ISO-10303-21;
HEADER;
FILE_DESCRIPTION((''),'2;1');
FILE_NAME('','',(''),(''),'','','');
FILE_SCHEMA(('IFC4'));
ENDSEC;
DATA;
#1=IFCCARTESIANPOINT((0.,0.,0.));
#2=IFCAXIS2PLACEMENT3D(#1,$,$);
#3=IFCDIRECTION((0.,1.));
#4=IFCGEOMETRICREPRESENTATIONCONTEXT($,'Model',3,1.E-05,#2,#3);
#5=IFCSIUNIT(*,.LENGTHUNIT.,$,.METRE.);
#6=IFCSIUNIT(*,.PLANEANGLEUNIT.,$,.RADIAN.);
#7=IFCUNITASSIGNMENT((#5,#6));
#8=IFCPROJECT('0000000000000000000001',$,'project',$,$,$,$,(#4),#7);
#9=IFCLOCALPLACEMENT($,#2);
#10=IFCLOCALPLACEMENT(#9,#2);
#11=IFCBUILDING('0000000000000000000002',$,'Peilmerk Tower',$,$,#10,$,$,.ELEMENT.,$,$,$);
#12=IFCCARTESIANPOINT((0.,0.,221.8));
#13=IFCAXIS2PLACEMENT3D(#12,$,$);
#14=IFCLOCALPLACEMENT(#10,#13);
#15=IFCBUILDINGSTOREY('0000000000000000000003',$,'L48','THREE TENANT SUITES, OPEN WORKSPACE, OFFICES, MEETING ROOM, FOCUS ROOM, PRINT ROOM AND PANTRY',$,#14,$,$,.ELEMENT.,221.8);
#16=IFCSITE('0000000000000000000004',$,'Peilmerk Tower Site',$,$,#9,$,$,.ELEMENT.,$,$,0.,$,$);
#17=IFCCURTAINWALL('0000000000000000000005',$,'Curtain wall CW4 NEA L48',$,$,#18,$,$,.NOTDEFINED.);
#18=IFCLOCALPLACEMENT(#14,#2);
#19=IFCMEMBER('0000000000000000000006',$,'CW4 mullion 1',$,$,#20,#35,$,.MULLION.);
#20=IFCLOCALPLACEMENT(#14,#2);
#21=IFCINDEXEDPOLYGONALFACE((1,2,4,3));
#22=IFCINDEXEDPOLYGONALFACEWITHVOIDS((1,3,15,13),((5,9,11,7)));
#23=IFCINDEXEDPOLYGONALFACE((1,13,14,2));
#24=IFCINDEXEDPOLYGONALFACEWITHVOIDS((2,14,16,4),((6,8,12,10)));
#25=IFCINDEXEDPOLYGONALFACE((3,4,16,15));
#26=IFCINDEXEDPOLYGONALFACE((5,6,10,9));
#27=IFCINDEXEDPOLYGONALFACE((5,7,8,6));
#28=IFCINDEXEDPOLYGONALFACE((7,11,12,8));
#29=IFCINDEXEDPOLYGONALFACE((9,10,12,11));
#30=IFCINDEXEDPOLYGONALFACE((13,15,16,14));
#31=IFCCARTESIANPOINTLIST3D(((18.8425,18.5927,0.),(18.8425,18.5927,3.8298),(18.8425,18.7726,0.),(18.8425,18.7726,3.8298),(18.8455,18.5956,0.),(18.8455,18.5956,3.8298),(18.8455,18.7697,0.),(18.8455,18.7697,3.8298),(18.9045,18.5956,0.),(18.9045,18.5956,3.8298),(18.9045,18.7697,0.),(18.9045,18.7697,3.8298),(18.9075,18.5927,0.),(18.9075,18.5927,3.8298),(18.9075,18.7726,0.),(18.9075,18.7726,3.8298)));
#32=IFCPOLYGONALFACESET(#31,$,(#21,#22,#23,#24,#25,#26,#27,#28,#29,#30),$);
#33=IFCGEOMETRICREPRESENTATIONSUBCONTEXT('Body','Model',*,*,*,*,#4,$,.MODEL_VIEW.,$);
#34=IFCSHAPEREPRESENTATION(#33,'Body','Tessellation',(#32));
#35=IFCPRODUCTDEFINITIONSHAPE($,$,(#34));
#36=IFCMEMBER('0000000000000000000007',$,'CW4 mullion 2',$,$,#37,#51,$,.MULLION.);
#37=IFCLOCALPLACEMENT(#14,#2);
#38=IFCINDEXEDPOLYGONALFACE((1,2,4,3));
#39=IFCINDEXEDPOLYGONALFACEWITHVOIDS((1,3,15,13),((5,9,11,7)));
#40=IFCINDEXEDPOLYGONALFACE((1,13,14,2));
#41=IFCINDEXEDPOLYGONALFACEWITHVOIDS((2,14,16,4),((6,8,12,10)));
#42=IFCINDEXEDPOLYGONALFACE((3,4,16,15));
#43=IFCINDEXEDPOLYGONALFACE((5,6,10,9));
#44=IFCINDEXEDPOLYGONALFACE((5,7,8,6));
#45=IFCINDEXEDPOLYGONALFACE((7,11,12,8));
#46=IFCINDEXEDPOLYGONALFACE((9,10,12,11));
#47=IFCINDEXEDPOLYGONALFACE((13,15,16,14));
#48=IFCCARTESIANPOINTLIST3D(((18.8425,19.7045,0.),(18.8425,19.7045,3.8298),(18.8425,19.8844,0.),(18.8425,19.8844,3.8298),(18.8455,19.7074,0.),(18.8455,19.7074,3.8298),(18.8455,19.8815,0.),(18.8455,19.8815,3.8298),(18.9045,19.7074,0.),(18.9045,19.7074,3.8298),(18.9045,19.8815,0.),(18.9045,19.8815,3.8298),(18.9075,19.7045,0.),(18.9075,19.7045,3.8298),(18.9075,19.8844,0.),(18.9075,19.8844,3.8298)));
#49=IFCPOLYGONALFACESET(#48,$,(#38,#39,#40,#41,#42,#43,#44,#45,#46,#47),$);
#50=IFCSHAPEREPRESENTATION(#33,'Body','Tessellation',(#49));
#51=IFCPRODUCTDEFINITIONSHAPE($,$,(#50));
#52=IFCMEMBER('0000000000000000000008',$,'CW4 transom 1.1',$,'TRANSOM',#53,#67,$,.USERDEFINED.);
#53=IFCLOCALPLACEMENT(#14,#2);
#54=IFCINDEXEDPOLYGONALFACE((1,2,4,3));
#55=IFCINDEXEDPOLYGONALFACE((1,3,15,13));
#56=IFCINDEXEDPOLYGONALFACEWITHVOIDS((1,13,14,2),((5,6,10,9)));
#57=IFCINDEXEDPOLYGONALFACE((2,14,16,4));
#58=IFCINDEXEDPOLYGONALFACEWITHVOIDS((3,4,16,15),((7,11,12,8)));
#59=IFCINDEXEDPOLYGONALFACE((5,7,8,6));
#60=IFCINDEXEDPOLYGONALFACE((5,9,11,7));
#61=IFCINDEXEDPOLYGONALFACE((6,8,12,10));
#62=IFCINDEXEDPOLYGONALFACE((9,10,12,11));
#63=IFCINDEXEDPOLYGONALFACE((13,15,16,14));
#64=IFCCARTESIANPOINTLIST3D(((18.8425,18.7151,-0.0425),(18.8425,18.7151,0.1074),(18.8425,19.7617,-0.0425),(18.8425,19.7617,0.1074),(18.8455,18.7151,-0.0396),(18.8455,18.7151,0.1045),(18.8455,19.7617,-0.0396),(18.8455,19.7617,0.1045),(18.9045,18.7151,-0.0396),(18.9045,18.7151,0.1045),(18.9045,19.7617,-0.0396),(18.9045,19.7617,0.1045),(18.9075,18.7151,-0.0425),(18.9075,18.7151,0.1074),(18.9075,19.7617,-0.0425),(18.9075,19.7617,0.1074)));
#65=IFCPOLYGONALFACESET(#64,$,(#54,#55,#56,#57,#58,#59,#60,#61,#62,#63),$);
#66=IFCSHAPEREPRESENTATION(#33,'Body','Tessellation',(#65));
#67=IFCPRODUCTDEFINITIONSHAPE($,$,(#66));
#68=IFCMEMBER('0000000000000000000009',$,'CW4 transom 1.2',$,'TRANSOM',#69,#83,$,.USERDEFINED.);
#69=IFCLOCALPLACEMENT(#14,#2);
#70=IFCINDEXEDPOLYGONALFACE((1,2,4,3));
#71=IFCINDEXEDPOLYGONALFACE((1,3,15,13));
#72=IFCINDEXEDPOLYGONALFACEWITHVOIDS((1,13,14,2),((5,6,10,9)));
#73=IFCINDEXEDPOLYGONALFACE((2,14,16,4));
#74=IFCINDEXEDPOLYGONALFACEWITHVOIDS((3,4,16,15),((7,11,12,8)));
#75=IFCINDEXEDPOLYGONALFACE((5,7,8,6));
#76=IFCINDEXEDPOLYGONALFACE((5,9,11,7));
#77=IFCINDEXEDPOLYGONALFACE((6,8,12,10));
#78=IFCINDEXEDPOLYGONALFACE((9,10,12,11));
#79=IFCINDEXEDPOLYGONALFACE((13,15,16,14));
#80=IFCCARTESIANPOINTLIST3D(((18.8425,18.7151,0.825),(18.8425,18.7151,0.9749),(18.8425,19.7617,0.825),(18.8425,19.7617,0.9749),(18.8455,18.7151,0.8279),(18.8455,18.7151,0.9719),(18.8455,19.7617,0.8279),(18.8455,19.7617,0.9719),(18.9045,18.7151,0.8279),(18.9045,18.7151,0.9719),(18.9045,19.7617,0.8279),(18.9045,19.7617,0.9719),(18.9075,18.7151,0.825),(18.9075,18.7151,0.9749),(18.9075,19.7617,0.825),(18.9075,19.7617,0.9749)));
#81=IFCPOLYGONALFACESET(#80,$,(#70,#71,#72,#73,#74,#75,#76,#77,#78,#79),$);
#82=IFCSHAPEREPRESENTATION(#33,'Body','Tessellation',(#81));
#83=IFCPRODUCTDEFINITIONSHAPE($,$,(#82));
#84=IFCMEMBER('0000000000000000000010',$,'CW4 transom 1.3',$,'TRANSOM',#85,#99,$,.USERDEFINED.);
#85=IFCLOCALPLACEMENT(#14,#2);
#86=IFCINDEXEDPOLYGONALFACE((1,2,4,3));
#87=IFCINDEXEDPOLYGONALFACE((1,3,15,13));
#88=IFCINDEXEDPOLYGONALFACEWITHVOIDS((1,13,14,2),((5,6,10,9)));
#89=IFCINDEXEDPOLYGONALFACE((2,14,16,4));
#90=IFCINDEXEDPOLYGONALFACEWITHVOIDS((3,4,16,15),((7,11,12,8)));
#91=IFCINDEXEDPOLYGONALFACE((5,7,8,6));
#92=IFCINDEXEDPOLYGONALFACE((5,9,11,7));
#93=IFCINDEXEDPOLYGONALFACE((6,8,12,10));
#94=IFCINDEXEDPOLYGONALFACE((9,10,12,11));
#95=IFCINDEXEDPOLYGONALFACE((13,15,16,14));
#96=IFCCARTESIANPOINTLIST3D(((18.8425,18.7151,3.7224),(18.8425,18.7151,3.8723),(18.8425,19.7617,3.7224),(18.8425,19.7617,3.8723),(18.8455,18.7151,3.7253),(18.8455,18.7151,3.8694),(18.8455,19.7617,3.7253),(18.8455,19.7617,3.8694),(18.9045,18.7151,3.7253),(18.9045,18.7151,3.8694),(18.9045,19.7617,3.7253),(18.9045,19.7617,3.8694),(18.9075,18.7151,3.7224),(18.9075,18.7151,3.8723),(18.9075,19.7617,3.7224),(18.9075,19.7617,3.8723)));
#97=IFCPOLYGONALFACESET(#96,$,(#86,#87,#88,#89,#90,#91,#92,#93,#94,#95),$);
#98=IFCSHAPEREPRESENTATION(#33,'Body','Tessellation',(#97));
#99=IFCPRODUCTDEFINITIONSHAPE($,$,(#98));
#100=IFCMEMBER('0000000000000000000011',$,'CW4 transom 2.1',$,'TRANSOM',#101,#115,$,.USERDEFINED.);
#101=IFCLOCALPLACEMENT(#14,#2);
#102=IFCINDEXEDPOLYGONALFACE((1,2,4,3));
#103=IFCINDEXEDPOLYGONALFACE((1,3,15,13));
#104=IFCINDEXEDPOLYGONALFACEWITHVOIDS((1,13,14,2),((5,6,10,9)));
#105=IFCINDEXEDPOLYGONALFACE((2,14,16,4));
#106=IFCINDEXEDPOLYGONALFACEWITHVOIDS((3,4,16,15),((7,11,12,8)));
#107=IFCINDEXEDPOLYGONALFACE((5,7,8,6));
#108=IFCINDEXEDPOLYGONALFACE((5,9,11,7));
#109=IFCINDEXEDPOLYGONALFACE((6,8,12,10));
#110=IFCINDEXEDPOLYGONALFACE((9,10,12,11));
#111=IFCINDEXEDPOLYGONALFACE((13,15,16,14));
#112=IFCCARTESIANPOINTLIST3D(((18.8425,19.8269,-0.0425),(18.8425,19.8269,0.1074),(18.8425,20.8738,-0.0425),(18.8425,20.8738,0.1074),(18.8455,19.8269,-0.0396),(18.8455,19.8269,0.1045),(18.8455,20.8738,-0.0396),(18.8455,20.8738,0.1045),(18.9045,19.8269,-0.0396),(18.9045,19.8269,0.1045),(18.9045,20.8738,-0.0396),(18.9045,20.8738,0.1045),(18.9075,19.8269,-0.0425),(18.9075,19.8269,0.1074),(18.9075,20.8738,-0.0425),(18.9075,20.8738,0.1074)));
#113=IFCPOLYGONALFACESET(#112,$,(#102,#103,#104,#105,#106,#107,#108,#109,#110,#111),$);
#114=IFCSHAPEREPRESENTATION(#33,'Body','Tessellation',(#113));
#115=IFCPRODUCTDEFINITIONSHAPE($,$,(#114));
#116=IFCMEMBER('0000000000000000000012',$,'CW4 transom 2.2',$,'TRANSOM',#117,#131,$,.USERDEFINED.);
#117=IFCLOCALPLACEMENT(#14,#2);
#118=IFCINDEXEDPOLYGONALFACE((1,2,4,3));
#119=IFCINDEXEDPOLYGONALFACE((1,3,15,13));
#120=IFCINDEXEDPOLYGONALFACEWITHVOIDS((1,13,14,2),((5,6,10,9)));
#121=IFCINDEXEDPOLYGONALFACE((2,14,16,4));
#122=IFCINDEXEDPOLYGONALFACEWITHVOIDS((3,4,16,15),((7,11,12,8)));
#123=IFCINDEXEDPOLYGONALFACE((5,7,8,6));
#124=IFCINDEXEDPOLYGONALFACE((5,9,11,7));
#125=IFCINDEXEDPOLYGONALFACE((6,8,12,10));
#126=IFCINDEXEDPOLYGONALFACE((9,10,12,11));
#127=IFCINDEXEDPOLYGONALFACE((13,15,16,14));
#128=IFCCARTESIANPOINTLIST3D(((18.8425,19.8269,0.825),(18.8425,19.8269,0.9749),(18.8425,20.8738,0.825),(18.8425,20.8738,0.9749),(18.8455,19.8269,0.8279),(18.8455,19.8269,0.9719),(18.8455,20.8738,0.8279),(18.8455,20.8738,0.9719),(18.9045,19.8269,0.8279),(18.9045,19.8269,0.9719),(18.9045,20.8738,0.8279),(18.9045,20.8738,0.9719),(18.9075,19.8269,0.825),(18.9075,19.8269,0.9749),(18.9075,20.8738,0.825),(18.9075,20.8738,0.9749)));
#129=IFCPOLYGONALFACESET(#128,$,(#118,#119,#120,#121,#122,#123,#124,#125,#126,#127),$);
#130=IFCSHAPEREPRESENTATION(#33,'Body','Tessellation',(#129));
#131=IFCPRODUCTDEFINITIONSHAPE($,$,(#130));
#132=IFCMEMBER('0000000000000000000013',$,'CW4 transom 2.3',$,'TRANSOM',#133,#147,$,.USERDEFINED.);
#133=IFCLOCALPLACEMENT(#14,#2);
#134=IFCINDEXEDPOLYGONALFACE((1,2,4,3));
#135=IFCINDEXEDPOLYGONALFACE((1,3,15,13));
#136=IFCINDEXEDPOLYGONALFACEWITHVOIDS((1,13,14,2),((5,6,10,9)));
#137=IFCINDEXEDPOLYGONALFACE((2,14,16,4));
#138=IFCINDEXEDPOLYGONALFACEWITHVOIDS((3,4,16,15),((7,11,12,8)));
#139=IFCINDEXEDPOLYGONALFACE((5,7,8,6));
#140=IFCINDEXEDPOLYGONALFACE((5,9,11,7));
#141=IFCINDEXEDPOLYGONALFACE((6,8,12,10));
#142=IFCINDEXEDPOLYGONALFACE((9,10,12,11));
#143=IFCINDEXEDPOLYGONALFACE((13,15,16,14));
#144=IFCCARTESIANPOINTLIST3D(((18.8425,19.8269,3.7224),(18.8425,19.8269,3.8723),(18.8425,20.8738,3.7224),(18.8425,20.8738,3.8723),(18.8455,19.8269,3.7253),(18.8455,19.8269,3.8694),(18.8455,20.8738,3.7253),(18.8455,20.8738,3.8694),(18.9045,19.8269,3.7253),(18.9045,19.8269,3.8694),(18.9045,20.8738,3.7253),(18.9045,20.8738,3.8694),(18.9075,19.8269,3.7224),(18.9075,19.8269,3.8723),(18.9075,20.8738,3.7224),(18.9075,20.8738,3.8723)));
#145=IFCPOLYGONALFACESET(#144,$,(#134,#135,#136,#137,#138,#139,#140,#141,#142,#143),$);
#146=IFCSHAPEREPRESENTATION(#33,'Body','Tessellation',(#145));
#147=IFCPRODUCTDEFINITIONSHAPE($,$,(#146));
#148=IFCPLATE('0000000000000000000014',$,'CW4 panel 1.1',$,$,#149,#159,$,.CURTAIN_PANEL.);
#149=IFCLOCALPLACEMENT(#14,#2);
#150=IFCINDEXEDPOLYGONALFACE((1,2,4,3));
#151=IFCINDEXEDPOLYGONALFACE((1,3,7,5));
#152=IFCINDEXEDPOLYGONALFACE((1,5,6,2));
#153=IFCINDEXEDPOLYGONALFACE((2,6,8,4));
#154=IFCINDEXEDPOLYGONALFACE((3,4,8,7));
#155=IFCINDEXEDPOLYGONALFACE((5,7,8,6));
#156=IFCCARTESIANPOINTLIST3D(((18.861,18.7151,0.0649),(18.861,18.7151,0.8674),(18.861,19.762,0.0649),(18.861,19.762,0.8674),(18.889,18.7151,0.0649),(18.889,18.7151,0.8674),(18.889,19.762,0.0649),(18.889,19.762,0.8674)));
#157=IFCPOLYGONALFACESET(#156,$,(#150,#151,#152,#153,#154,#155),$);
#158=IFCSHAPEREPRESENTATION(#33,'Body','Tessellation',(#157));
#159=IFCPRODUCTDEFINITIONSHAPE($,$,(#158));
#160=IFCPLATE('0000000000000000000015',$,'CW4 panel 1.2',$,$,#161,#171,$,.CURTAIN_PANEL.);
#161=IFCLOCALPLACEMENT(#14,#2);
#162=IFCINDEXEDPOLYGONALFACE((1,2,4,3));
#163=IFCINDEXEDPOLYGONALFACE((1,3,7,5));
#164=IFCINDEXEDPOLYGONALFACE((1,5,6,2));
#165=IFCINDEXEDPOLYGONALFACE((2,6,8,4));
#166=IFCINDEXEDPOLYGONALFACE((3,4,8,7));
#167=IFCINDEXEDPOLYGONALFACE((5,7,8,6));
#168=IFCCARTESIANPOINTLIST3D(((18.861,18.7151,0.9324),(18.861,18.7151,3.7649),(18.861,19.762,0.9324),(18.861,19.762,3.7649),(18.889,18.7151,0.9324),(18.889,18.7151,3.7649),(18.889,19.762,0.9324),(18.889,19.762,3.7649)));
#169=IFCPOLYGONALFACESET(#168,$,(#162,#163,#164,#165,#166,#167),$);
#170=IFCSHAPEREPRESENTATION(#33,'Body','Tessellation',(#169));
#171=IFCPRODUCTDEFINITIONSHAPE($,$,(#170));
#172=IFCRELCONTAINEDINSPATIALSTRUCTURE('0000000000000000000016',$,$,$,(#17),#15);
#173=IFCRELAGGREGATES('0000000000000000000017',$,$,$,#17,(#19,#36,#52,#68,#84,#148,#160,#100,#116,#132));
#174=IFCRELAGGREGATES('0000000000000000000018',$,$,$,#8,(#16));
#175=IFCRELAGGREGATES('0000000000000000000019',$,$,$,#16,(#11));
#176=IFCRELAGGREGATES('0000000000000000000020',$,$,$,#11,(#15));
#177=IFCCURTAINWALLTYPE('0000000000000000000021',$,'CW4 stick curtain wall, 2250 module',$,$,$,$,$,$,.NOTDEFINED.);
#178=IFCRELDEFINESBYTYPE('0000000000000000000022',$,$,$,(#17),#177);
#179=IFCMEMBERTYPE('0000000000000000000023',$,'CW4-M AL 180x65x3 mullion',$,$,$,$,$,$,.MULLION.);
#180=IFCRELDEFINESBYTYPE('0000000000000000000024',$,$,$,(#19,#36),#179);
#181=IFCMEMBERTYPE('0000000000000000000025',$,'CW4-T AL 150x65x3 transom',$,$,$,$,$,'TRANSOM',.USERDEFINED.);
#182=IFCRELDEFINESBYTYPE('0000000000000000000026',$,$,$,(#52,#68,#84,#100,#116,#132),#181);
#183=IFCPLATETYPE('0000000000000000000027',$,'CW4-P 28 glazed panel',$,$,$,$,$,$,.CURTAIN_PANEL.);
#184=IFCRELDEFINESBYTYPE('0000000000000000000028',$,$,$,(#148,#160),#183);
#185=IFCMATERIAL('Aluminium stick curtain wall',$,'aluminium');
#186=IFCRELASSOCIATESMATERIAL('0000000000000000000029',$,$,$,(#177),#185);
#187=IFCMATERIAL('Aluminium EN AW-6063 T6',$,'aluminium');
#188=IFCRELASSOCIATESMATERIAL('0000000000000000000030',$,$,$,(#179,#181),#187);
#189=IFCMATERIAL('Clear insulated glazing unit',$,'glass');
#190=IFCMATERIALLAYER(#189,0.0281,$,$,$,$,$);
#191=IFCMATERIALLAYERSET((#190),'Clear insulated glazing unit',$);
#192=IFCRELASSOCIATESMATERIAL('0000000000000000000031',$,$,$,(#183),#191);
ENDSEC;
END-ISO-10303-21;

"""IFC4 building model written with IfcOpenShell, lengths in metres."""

from ifc_helpers import new_model, si_unit, direction, frame, origin, origin_2d, place, context, subcontext, project, spatial, rectangle, hollow_rectangle, extrude, material, layer, layer_set, material_profile, profile_set, type_object, element, aggregate, save


model = new_model("IFC4")

# Units and contexts
model_context = context("Model", 3, precision=1e-05, world=origin(), true_north=direction((0.0, 1.0)))
body_context = subcontext(model_context, "Body", "Model", "MODEL_VIEW")
ifc_project = project(units=[si_unit("LENGTHUNIT", "METRE"), si_unit("PLANEANGLEUNIT", "RADIAN")], contexts=[model_context])

# Site, building, storey
site_placement = place(None, origin())
site = spatial("IfcSite", under=ifc_project, at=site_placement, Name="Peilmerk Tower Site", CompositionType="ELEMENT", RefElevation=0.0)
building_placement = place(site_placement, origin())
building = spatial("IfcBuilding", under=site, at=building_placement, Name="Peilmerk Tower", CompositionType="ELEMENT")
storey_placement = place(building_placement, frame((0.0, 0.0, 221.8)))
storey = spatial("IfcBuildingStorey", under=building, at=storey_placement, Name="L48", Description="THREE TENANT SUITES, OPEN WORKSPACE, OFFICES, MEETING ROOM, FOCUS ROOM, PRINT ROOM AND PANTRY", CompositionType="ELEMENT", Elevation=221.8)

# Curtain wall, members, plates
ifc_material_1 = material(Name="Aluminium stick curtain wall", Category="aluminium")
curtain_wall_type = type_object("IfcCurtainWallType", Name="CW4 stick curtain wall, 2250 module", PredefinedType="NOTDEFINED", material=ifc_material_1)
curtain_wall_placement = place(storey_placement, origin())
curtain_wall = element("IfcCurtainWall", 1, at=curtain_wall_placement, inside=storey, type_object=curtain_wall_type, Name="Curtain wall CW4 NEA L48", PredefinedType="NOTDEFINED")
ifc_material_2 = material(Name="Aluminium EN AW-6063 T6", Category="aluminium")
ifc_material_profile_1 = material_profile(ifc_material_2, hollow_rectangle(XDim=0.0649, YDim=0.1799, WallThickness=0.0029, at=origin_2d()), Name="AL 180x65x3")
ifc_profile_set_1 = profile_set([ifc_material_profile_1], Name="Aluminium EN AW-6063 T6")
member_type_1 = type_object("IfcMemberType", Name="CW4-M AL 180x65x3 mullion", PredefinedType="MULLION", material=ifc_profile_set_1)
member_1_placement = place(storey_placement, frame((18.875, 18.6826, 0.0), z_axis=(0.0, 0.0, 1.0), x_axis=(-1.0, 0.0, 0.0)))
member_1 = element("IfcMember", 2, at=member_1_placement, type_object=member_type_1, Name="CW4 mullion 1", PredefinedType="MULLION", context=body_context, shape_type="SweptSolid", body=[
    extrude(hollow_rectangle(XDim=0.0649, YDim=0.1799, WallThickness=0.0029, at=origin_2d()), origin(), (0.0, 0.0, 1.0), 3.8298),
])
member_2_placement = place(storey_placement, frame((18.875, 19.7944, 0.0), z_axis=(0.0, 0.0, 1.0), x_axis=(-1.0, 0.0, 0.0)))
member_2 = element("IfcMember", 3, at=member_2_placement, type_object=member_type_1, Name="CW4 mullion 2", PredefinedType="MULLION", context=body_context, shape_type="SweptSolid", body=[
    extrude(hollow_rectangle(XDim=0.0649, YDim=0.1799, WallThickness=0.0029, at=origin_2d()), origin(), (0.0, 0.0, 1.0), 3.8298),
])
ifc_material_profile_2 = material_profile(ifc_material_2, hollow_rectangle(XDim=0.0649, YDim=0.1499, WallThickness=0.0029, at=origin_2d()), Name="AL 150x65x3")
ifc_profile_set_2 = profile_set([ifc_material_profile_2], Name="Aluminium EN AW-6063 T6")
member_type_2 = type_object("IfcMemberType", Name="CW4-T AL 150x65x3 transom", ElementType="TRANSOM", PredefinedType="USERDEFINED", material=ifc_profile_set_2)
member_3_placement = place(storey_placement, frame((18.875, 18.7151, 0.0325), z_axis=(0.0, 1.0, 0.0), x_axis=(-1.0, 0.0, 0.0)))
member_3 = element("IfcMember", 4, at=member_3_placement, type_object=member_type_2, Name="CW4 transom 1.1", ObjectType="TRANSOM", PredefinedType="USERDEFINED", context=body_context, shape_type="SweptSolid", body=[
    extrude(hollow_rectangle(XDim=0.0649, YDim=0.1499, WallThickness=0.0029, at=origin_2d()), origin(), (0.0, 0.0, 1.0), 1.0466),
])
member_4_placement = place(storey_placement, frame((18.875, 18.7151, 0.8999), z_axis=(0.0, 1.0, 0.0), x_axis=(-1.0, 0.0, 0.0)))
member_4 = element("IfcMember", 5, at=member_4_placement, type_object=member_type_2, Name="CW4 transom 1.2", ObjectType="TRANSOM", PredefinedType="USERDEFINED", context=body_context, shape_type="SweptSolid", body=[
    extrude(hollow_rectangle(XDim=0.0649, YDim=0.1499, WallThickness=0.0029, at=origin_2d()), origin(), (0.0, 0.0, 1.0), 1.0466),
])
member_5_placement = place(storey_placement, frame((18.875, 18.7151, 3.7974), z_axis=(0.0, 1.0, 0.0), x_axis=(-1.0, 0.0, 0.0)))
member_5 = element("IfcMember", 6, at=member_5_placement, type_object=member_type_2, Name="CW4 transom 1.3", ObjectType="TRANSOM", PredefinedType="USERDEFINED", context=body_context, shape_type="SweptSolid", body=[
    extrude(hollow_rectangle(XDim=0.0649, YDim=0.1499, WallThickness=0.0029, at=origin_2d()), origin(), (0.0, 0.0, 1.0), 1.0466),
])
member_6_placement = place(storey_placement, frame((18.875, 19.8269, 0.0325), z_axis=(0.0, 1.0, 0.0), x_axis=(-1.0, 0.0, 0.0)))
member_6 = element("IfcMember", 7, at=member_6_placement, type_object=member_type_2, Name="CW4 transom 2.1", ObjectType="TRANSOM", PredefinedType="USERDEFINED", context=body_context, shape_type="SweptSolid", body=[
    extrude(hollow_rectangle(XDim=0.0649, YDim=0.1499, WallThickness=0.0029, at=origin_2d()), origin(), (0.0, 0.0, 1.0), 1.0469),
])
member_7_placement = place(storey_placement, frame((18.875, 19.8269, 0.8999), z_axis=(0.0, 1.0, 0.0), x_axis=(-1.0, 0.0, 0.0)))
member_7 = element("IfcMember", 8, at=member_7_placement, type_object=member_type_2, Name="CW4 transom 2.2", ObjectType="TRANSOM", PredefinedType="USERDEFINED", context=body_context, shape_type="SweptSolid", body=[
    extrude(hollow_rectangle(XDim=0.0649, YDim=0.1499, WallThickness=0.0029, at=origin_2d()), origin(), (0.0, 0.0, 1.0), 1.0469),
])
member_8_placement = place(storey_placement, frame((18.875, 19.8269, 3.7974), z_axis=(0.0, 1.0, 0.0), x_axis=(-1.0, 0.0, 0.0)))
member_8 = element("IfcMember", 9, at=member_8_placement, type_object=member_type_2, Name="CW4 transom 2.3", ObjectType="TRANSOM", PredefinedType="USERDEFINED", context=body_context, shape_type="SweptSolid", body=[
    extrude(hollow_rectangle(XDim=0.0649, YDim=0.1499, WallThickness=0.0029, at=origin_2d()), origin(), (0.0, 0.0, 1.0), 1.0469),
])
ifc_material_3 = material(Name="Clear insulated glazing unit", Category="glass")
ifc_layer_1 = layer(ifc_material_3, 0.0281)
ifc_layer_set_1 = layer_set([ifc_layer_1], Name="Clear insulated glazing unit")
plate_type = type_object("IfcPlateType", Name="CW4-P 28 glazed panel", PredefinedType="CURTAIN_PANEL", material=ifc_layer_set_1)
plate_1_placement = place(storey_placement, frame((18.875, 19.2385, 0.0649), z_axis=(0.0, 0.0, 1.0), x_axis=(0.0, 1.0, 0.0)))
plate_1 = element("IfcPlate", 10, at=plate_1_placement, type_object=plate_type, Name="CW4 panel 1.1", PredefinedType="CURTAIN_PANEL", context=body_context, shape_type="SweptSolid", body=[
    extrude(rectangle(XDim=1.0469, YDim=0.0281, at=origin_2d()), origin(), (0.0, 0.0, 1.0), 0.8025),
])
plate_2_placement = place(storey_placement, frame((18.875, 19.2385, 0.9324), z_axis=(0.0, 0.0, 1.0), x_axis=(0.0, 1.0, 0.0)))
plate_2 = element("IfcPlate", 11, at=plate_2_placement, type_object=plate_type, Name="CW4 panel 1.2", PredefinedType="CURTAIN_PANEL", context=body_context, shape_type="SweptSolid", body=[
    extrude(rectangle(XDim=1.0469, YDim=0.0281, at=origin_2d()), origin(), (0.0, 0.0, 1.0), 2.8325),
])
aggregate(curtain_wall, [member_1, member_2, member_3, member_4, member_5, plate_1, plate_2, member_6, member_7, member_8])

save(model, "model.ifc")
